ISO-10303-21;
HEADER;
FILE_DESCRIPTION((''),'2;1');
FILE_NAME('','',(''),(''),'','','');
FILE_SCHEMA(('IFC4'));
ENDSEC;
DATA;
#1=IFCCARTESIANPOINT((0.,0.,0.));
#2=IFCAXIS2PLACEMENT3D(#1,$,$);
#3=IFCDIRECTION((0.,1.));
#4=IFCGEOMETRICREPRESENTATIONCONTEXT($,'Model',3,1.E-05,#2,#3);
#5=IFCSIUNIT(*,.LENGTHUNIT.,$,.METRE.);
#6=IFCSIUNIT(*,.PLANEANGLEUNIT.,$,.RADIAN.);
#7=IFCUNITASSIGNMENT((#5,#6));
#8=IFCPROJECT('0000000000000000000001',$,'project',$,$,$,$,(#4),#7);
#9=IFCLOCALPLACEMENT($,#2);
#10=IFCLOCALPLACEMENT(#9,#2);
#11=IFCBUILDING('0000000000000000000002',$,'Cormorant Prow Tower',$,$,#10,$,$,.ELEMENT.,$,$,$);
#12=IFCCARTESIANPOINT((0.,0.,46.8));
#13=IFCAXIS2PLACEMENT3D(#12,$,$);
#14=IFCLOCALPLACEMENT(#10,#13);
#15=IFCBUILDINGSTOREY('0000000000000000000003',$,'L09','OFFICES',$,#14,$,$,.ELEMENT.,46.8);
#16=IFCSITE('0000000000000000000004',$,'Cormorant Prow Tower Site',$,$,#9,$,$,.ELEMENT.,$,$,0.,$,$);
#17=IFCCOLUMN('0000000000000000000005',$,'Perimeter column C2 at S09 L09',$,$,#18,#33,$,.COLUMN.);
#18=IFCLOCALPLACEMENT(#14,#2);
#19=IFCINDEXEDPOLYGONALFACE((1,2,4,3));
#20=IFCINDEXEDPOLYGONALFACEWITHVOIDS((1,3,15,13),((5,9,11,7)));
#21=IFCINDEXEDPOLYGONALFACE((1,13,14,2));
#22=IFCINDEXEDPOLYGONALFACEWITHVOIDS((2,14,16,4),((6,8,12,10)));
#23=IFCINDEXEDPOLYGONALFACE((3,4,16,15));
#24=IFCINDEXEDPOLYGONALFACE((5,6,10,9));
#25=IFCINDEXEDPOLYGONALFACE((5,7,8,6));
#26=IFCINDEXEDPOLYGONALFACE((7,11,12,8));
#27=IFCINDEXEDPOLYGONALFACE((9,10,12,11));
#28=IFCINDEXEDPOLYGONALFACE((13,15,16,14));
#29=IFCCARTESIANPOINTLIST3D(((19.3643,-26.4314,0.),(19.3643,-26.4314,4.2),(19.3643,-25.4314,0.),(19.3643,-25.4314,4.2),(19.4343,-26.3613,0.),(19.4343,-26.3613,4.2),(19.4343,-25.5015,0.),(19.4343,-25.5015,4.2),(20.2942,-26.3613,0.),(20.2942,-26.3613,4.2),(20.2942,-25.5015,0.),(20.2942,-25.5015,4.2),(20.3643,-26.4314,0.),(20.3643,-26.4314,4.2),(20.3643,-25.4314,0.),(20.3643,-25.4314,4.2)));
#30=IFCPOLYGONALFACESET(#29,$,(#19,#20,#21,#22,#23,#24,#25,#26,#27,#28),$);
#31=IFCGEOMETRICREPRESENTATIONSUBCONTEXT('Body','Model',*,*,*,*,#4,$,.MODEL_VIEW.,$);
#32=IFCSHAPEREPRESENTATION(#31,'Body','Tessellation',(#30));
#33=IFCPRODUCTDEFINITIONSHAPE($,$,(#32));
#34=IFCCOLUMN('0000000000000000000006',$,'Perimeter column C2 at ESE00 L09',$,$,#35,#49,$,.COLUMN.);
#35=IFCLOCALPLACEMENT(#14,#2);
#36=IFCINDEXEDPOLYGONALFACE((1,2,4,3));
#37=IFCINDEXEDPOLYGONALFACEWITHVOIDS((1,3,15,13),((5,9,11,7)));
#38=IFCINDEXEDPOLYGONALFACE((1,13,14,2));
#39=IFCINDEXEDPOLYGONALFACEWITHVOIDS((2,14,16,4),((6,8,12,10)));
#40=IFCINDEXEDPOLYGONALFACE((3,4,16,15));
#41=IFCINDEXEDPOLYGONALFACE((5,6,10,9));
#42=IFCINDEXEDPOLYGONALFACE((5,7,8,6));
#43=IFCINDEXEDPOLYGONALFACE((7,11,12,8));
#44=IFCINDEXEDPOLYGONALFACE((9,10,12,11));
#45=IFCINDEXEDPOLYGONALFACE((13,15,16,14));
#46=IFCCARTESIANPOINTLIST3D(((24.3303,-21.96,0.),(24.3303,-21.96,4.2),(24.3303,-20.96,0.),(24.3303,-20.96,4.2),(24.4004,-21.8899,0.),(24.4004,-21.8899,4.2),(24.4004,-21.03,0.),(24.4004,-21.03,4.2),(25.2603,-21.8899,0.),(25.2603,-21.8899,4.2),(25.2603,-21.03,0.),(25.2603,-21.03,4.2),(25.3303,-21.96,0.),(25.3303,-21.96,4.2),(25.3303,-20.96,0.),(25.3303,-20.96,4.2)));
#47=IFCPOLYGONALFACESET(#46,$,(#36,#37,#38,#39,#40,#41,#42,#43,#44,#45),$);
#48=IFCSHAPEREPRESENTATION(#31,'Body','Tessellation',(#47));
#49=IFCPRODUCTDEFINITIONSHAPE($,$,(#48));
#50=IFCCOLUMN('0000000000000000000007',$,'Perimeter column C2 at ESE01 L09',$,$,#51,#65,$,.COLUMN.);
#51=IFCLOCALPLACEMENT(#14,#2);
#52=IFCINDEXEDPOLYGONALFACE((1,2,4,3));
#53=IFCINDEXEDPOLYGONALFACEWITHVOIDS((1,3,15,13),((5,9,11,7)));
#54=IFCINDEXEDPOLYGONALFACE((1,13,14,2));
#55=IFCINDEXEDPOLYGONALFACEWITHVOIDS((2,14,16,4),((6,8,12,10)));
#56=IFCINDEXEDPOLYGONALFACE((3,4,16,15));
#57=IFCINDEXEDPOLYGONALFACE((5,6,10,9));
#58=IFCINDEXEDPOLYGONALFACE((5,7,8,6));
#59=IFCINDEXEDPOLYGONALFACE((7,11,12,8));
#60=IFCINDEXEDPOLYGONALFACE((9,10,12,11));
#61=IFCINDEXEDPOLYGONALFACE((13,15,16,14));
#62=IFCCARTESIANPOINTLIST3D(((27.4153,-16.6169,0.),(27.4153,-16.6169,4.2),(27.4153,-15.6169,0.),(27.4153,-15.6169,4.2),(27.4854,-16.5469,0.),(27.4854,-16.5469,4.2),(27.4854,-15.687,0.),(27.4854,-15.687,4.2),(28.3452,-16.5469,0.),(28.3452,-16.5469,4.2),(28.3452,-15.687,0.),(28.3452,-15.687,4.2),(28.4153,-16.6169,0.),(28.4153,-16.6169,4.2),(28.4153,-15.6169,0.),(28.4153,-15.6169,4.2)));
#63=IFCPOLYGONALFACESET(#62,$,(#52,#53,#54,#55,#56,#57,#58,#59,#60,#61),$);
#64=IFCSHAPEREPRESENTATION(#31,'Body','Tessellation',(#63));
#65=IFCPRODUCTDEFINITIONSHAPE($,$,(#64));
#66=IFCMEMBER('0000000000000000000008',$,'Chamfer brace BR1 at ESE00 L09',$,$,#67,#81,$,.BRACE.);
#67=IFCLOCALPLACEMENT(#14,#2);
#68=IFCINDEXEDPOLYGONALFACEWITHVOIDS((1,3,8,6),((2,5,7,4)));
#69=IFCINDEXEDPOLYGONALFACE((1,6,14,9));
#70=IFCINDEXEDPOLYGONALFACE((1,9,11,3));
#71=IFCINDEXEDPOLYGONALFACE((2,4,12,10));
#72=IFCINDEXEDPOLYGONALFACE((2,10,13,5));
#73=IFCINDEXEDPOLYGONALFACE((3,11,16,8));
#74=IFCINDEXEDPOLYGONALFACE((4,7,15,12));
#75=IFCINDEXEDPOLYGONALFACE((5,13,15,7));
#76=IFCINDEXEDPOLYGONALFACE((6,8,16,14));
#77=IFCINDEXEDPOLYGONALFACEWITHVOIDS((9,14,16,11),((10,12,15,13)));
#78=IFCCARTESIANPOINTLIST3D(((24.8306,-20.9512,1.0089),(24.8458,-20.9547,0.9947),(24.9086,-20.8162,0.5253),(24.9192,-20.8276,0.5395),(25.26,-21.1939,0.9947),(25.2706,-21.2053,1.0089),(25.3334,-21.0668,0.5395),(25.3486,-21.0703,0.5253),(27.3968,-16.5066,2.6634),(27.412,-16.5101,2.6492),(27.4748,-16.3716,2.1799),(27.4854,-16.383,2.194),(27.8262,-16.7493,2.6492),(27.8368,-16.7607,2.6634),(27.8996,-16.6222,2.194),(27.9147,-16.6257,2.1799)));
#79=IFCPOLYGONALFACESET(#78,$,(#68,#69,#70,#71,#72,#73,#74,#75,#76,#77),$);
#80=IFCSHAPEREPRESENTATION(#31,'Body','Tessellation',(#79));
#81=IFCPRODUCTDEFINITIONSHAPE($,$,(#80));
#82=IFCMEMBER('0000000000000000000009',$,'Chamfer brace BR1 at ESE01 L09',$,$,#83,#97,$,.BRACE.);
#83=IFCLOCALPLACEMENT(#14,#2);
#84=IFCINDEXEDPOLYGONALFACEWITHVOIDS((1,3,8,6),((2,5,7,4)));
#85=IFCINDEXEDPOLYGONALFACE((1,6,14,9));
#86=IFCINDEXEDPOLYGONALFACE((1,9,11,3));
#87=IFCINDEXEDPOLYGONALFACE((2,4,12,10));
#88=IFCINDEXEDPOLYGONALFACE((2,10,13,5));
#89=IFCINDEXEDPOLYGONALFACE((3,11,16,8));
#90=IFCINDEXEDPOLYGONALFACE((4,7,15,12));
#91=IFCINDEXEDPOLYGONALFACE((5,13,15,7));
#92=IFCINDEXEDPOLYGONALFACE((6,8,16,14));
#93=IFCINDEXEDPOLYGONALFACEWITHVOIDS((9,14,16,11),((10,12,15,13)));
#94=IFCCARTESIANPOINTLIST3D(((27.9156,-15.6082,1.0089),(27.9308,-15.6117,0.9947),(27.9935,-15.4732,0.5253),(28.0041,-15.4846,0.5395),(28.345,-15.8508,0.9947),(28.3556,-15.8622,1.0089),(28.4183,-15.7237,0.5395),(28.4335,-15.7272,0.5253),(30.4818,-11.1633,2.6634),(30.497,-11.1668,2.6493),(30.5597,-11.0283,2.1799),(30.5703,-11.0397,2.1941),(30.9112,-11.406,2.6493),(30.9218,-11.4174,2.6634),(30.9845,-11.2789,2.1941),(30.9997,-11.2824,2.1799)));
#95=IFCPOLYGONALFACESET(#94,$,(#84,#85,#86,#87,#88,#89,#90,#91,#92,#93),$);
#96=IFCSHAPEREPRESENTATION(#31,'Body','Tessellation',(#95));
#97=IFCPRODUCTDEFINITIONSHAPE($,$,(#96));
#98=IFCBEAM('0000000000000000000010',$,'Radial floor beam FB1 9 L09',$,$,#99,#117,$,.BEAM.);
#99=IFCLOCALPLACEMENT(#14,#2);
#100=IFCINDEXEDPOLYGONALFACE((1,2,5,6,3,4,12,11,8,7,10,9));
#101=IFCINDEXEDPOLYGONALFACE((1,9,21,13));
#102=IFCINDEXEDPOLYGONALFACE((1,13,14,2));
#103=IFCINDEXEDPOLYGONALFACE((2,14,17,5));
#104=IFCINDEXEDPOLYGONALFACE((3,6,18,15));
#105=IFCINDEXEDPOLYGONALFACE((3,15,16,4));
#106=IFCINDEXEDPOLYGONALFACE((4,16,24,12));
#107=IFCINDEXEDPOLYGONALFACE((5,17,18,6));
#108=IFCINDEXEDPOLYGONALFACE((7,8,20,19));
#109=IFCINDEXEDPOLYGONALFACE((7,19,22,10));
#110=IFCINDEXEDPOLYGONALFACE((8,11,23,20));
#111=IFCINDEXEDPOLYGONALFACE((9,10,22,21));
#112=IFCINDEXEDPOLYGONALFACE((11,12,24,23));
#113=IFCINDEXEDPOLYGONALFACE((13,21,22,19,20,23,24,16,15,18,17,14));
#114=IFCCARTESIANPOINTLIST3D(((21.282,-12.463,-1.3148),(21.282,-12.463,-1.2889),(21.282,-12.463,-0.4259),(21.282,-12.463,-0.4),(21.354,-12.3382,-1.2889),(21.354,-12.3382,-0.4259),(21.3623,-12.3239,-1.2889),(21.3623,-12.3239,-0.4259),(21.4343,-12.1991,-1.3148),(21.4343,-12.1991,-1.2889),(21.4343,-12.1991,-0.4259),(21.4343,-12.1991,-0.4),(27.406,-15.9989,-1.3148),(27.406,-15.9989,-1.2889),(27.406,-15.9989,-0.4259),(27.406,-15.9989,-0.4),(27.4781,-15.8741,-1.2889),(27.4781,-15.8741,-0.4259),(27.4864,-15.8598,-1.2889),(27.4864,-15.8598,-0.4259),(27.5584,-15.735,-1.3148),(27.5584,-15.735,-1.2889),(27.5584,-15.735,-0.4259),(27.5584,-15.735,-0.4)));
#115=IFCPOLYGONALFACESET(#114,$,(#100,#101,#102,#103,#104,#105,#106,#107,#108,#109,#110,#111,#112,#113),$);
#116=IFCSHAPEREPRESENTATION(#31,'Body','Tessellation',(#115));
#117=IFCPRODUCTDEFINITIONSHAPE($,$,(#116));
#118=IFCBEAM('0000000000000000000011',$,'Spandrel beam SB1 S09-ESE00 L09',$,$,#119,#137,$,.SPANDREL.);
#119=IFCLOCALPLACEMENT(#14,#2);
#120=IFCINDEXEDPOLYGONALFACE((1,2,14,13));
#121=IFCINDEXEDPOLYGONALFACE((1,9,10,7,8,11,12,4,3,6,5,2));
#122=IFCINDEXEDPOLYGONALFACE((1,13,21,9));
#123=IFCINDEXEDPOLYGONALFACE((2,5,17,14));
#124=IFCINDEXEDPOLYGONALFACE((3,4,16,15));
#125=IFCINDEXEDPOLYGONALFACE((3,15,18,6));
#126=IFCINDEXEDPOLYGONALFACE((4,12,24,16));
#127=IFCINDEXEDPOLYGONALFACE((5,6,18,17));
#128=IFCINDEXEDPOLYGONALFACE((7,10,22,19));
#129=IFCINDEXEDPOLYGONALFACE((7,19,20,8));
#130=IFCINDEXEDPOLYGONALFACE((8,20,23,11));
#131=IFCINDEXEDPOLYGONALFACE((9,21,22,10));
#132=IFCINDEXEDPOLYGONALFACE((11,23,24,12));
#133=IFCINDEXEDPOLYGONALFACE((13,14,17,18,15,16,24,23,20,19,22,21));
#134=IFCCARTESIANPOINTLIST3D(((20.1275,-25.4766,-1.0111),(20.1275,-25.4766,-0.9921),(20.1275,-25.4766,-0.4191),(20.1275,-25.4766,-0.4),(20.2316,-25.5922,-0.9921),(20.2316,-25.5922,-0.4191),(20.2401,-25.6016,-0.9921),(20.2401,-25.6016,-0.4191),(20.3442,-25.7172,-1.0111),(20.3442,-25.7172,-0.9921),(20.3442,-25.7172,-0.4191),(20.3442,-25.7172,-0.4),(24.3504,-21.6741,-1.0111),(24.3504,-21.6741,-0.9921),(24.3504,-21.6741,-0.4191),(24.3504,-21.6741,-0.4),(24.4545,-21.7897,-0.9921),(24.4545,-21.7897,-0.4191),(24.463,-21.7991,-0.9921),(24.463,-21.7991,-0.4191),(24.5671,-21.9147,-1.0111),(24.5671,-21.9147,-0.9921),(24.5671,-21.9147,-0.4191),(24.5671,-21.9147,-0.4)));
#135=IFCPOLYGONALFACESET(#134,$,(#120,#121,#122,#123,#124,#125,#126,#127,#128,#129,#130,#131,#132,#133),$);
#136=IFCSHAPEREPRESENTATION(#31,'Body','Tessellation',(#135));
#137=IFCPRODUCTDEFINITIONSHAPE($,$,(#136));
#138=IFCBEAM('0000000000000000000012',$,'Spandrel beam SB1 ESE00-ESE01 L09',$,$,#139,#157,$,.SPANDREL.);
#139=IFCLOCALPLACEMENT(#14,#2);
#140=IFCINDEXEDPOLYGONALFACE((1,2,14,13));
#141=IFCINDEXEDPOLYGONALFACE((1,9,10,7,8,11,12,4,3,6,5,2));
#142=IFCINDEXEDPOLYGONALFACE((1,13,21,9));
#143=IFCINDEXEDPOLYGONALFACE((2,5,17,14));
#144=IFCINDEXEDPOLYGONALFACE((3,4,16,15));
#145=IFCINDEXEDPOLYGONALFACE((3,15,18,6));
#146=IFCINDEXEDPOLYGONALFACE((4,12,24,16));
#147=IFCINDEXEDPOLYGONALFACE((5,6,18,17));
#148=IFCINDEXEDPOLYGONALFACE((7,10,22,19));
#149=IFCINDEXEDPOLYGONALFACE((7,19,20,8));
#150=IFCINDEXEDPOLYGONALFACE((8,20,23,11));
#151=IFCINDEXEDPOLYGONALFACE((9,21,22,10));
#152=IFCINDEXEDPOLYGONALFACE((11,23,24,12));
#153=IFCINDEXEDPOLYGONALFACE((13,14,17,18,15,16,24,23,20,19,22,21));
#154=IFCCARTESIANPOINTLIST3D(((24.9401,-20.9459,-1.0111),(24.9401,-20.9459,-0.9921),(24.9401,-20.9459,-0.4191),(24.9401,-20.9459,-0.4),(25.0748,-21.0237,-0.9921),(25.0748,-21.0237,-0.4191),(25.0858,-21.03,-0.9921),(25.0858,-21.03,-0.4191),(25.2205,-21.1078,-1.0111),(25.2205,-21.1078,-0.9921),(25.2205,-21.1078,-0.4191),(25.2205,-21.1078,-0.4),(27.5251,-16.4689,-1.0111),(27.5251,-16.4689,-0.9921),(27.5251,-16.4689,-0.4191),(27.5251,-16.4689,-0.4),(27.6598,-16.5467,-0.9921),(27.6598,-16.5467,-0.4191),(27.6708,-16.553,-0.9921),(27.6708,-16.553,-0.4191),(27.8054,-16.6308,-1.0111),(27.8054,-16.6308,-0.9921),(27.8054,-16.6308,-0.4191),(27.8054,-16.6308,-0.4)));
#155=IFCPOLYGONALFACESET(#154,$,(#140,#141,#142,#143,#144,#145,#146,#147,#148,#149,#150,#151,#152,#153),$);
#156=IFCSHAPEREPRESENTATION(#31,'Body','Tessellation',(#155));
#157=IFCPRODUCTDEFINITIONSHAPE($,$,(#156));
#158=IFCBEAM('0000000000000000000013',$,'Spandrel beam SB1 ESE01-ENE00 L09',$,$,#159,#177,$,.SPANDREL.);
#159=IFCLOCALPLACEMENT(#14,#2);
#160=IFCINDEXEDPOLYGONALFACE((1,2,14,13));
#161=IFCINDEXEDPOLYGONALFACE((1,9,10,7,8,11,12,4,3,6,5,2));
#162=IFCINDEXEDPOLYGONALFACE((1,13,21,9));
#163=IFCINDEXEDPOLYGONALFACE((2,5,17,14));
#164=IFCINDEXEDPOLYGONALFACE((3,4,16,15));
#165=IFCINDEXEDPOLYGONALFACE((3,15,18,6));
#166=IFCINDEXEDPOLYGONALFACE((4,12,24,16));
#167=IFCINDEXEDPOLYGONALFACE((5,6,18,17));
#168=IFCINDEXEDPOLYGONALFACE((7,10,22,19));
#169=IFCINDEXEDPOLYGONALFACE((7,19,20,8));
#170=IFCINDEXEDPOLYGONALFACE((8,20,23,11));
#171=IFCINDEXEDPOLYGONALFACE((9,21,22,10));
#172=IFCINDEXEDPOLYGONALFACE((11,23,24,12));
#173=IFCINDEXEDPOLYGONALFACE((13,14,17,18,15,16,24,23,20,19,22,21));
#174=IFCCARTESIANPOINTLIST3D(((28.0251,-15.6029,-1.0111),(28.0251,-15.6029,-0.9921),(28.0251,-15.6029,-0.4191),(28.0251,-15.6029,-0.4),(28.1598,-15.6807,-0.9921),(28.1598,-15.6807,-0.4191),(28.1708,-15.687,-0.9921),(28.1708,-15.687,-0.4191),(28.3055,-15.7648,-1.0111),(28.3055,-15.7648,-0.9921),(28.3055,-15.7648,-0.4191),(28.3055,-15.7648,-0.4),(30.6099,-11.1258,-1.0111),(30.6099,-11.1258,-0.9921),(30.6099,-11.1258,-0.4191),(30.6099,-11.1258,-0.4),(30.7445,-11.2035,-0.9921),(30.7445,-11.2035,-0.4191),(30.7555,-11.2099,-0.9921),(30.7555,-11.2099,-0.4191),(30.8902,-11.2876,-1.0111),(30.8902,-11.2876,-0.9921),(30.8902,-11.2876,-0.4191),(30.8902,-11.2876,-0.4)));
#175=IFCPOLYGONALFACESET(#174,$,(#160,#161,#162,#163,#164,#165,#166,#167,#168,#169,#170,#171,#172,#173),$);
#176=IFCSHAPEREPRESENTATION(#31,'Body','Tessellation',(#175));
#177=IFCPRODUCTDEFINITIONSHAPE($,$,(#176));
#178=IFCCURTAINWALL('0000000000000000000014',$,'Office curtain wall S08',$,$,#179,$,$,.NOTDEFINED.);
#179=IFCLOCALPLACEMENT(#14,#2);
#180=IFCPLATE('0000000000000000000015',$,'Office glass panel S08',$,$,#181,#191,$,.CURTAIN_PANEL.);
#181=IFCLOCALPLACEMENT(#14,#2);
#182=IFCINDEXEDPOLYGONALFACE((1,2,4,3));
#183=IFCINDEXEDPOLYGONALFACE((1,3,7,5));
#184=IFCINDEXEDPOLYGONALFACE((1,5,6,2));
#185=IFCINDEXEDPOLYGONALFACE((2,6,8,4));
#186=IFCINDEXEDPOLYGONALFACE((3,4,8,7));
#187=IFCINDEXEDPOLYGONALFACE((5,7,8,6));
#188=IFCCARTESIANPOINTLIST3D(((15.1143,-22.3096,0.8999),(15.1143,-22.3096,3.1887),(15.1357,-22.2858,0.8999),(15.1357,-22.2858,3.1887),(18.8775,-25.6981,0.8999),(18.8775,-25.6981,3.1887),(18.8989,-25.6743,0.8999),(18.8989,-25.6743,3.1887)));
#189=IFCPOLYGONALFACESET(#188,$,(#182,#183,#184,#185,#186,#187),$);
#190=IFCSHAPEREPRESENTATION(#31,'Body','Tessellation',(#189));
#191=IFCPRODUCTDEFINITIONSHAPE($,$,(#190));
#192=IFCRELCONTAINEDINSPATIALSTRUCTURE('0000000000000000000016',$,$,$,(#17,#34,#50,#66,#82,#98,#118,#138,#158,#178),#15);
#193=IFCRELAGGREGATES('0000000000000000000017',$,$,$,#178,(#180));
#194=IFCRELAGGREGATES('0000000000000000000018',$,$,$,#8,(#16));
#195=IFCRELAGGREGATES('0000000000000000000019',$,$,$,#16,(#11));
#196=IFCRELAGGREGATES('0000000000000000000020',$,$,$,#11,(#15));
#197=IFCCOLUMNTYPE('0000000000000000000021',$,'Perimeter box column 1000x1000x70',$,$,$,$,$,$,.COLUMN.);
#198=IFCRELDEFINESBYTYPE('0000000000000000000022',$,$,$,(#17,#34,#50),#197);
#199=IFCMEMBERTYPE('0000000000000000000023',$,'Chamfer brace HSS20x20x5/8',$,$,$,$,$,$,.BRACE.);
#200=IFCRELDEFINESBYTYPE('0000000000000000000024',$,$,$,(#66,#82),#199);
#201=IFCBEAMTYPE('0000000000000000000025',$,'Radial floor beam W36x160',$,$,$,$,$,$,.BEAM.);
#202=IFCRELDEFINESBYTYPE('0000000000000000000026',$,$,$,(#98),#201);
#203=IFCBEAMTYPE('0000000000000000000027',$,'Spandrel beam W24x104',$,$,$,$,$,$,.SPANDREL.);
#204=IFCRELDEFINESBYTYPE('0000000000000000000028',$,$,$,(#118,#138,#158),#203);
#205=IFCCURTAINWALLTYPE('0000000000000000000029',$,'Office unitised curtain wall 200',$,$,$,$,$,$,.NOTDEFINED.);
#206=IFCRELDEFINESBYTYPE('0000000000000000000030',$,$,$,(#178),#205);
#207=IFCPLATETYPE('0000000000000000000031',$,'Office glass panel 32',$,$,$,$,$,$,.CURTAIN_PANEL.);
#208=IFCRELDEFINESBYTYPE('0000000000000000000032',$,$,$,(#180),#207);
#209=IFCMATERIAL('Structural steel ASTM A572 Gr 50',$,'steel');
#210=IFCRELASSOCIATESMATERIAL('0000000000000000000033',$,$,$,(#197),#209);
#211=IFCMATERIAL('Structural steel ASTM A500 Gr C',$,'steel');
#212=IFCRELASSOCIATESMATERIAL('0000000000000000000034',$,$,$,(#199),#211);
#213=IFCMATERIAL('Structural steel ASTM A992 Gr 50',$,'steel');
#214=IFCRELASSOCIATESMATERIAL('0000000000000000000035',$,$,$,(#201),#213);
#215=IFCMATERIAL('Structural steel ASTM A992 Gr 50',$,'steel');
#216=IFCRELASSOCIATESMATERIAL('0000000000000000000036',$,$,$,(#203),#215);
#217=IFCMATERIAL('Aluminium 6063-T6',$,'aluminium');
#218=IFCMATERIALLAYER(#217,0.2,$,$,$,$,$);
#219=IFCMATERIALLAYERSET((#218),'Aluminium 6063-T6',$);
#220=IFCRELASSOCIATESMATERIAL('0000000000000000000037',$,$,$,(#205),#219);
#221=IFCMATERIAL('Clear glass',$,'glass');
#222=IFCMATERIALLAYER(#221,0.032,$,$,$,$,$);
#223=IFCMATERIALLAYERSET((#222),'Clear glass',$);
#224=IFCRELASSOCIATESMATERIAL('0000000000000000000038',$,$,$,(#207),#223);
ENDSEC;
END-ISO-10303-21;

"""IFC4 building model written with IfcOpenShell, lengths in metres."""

from ifc_helpers import new_model, si_unit, direction, frame, origin, origin_2d, place, context, subcontext, project, spatial, rectangle, hollow_rectangle, i_section, extrude, material, layer, layer_set, material_profile, profile_set, type_object, element, aggregate, save


model = new_model("IFC4")

# Units and contexts
model_context = context("Model", 3, precision=1e-05, world=origin(), true_north=direction((0.0, 1.0)))
body_context = subcontext(model_context, "Body", "Model", "MODEL_VIEW")
ifc_project = project(units=[si_unit("LENGTHUNIT", "METRE"), si_unit("PLANEANGLEUNIT", "RADIAN")], contexts=[model_context])

# Site, building, storey
site_placement = place(None, origin())
site = spatial("IfcSite", under=ifc_project, at=site_placement, Name="Cormorant Prow Tower Site", CompositionType="ELEMENT", RefElevation=0.0)
building_placement = place(site_placement, origin())
building = spatial("IfcBuilding", under=site, at=building_placement, Name="Cormorant Prow Tower", CompositionType="ELEMENT")
storey_placement = place(building_placement, frame((0.0, 0.0, 46.8)))
storey = spatial("IfcBuildingStorey", under=building, at=storey_placement, Name="L09", Description="OFFICES", CompositionType="ELEMENT", Elevation=46.8)

# Columns
ifc_material_1 = material(Name="Structural steel ASTM A572 Gr 50", Category="steel")
ifc_material_profile_1 = material_profile(ifc_material_1, hollow_rectangle(XDim=1.0, YDim=1.0, WallThickness=0.0701, at=origin_2d()), Name="Box 1000x1000x70")
ifc_profile_set_1 = profile_set([ifc_material_profile_1], Name="Structural steel ASTM A572 Gr 50")
column_type = type_object("IfcColumnType", Name="Perimeter box column 1000x1000x70", PredefinedType="COLUMN", material=ifc_profile_set_1)
for number, where, z_axis, x_axis, name in (
    (1, (19.8643, -25.9314, 0.0), (0.0, 0.0, 1.0), (1.0, 0.0, 0.0), "Perimeter column C2 at S09 L09"),
    (2, (24.8303, -21.46, 0.0), (0.0, 0.0, 1.0), (1.0, 0.0, 0.0), "Perimeter column C2 at ESE00 L09"),
    (3, (27.9153, -16.1169, 0.0), (0.0, 0.0, 1.0), (1.0, 0.0, 0.0), "Perimeter column C2 at ESE01 L09"),
):
    element("IfcColumn", number, at=place(storey_placement, frame(where, z_axis=z_axis, x_axis=x_axis)), inside=storey, type_object=column_type, Name=name, PredefinedType="COLUMN", context=body_context, shape_type="SweptSolid", body=[
        extrude(hollow_rectangle(XDim=1.0, YDim=1.0, WallThickness=0.0701, at=origin_2d()), origin(), (0.0, 0.0, 1.0), 4.2),
    ])

# Members
ifc_material_2 = material(Name="Structural steel ASTM A500 Gr C", Category="steel")
ifc_material_profile_2 = material_profile(ifc_material_2, hollow_rectangle(XDim=0.5081, YDim=0.5081, WallThickness=0.0149, at=origin_2d()), Name="HSS20x20x5/8")
ifc_profile_set_2 = profile_set([ifc_material_profile_2], Name="Structural steel ASTM A500 Gr C")
member_type = type_object("IfcMemberType", Name="Chamfer brace HSS20x20x5/8", PredefinedType="BRACE", material=ifc_profile_set_2)
member_1_placement = place(storey_placement, frame((25.0896, -21.0107, 0.7671), z_axis=(0.475893, 0.824244, 0.306834), x_axis=(-0.866018, 0.500012, 0.0)))
element("IfcMember", 4, at=member_1_placement, inside=storey, type_object=member_type, Name="Chamfer brace BR1 at ESE00 L09", PredefinedType="BRACE", context=body_context, shape_type="SweptSolid", body=[
    extrude(hollow_rectangle(XDim=0.5081, YDim=0.5081, WallThickness=0.0149, at=origin_2d()), origin(), (0.0, 0.0, 1.0), 5.3923),
])
member_2_placement = place(storey_placement, frame((28.1746, -15.6677, 0.7671), z_axis=(0.475875, 0.824259, 0.306822), x_axis=(-0.86603, 0.499991, 0.0)))
element("IfcMember", 5, at=member_2_placement, inside=storey, type_object=member_type, Name="Chamfer brace BR1 at ESE01 L09", PredefinedType="BRACE", context=body_context, shape_type="SweptSolid", body=[
    extrude(hollow_rectangle(XDim=0.5081, YDim=0.5081, WallThickness=0.0149, at=origin_2d()), origin(), (0.0, 0.0, 1.0), 5.3926),
])

# Beams
ifc_material_3 = material(Name="Structural steel ASTM A992 Gr 50", Category="steel")
ifc_material_profile_3 = material_profile(ifc_material_3, i_section(OverallWidth=0.3047, OverallDepth=0.9148, WebThickness=0.0166, FlangeThickness=0.0259, at=origin_2d()), Name="W36x160")
ifc_profile_set_3 = profile_set([ifc_material_profile_3], Name="Structural steel ASTM A992 Gr 50")
beam_type_1 = type_object("IfcBeamType", Name="Radial floor beam W36x160", PredefinedType="BEAM", material=ifc_profile_set_3)
beam_1_placement = place(storey_placement, frame((21.3582, -12.3311, -0.8574), z_axis=(0.866014, -0.500019, 0.0), x_axis=(0.500019, 0.866014, 0.0)))
element("IfcBeam", 6, at=beam_1_placement, inside=storey, type_object=beam_type_1, Name="Radial floor beam FB1 9 L09", PredefinedType="BEAM", context=body_context, shape_type="SweptSolid", body=[
    extrude(i_section(OverallWidth=0.3047, OverallDepth=0.9148, WebThickness=0.0166, FlangeThickness=0.0259, at=origin_2d()), origin(), (0.0, 0.0, 1.0), 7.0715),
])
ifc_material_4 = material(Name="Structural steel ASTM A992 Gr 50", Category="steel")
ifc_material_profile_4 = material_profile(ifc_material_4, i_section(OverallWidth=0.3237, OverallDepth=0.6111, WebThickness=0.0127, FlangeThickness=0.019, at=origin_2d()), Name="W24x104")
ifc_profile_set_4 = profile_set([ifc_material_profile_4], Name="Structural steel ASTM A992 Gr 50")
beam_type_2 = type_object("IfcBeamType", Name="Spandrel beam W24x104", PredefinedType="SPANDREL", material=ifc_profile_set_4)
beam_2_placement = place(storey_placement, frame((20.2358, -25.5969, -0.7056), z_axis=(0.74313, 0.669147, 0.0), x_axis=(-0.669147, 0.74313, 0.0)))
element("IfcBeam", 7, at=beam_2_placement, inside=storey, type_object=beam_type_2, Name="Spandrel beam SB1 S09-ESE00 L09", PredefinedType="SPANDREL", context=body_context, shape_type="SweptSolid", body=[
    extrude(i_section(OverallWidth=0.3237, OverallDepth=0.6111, WebThickness=0.0127, FlangeThickness=0.019, at=origin_2d()), origin(), (0.0, 0.0, 1.0), 5.6826),
])
for number, where, z_axis, x_axis, name in (
    (8, (25.0803, -21.0269, -0.7056), (0.50002, 0.866014, 0.0), (-0.866014, 0.50002, 0.0), "Spandrel beam SB1 ESE00-ESE01 L09"),
    (9, (28.1653, -15.6838, -0.7056), (0.499984, 0.866035, 0.0), (-0.866035, 0.499984, 0.0), "Spandrel beam SB1 ESE01-ENE00 L09"),
):
    element("IfcBeam", number, at=place(storey_placement, frame(where, z_axis=z_axis, x_axis=x_axis)), inside=storey, type_object=beam_type_2, Name=name, PredefinedType="SPANDREL", context=body_context, shape_type="SweptSolid", body=[
        extrude(i_section(OverallWidth=0.3237, OverallDepth=0.6111, WebThickness=0.0127, FlangeThickness=0.019, at=origin_2d()), origin(), (0.0, 0.0, 1.0), 5.1697),
    ])

# Curtain wall, plate
ifc_material_5 = material(Name="Aluminium 6063-T6", Category="aluminium")
ifc_layer_1 = layer(ifc_material_5, 0.2)
ifc_layer_set_1 = layer_set([ifc_layer_1], Name="Aluminium 6063-T6")
curtain_wall_type = type_object("IfcCurtainWallType", Name="Office unitised curtain wall 200", PredefinedType="NOTDEFINED", material=ifc_layer_set_1)
curtain_wall_placement = place(storey_placement, origin())
curtain_wall = element("IfcCurtainWall", 10, at=curtain_wall_placement, inside=storey, type_object=curtain_wall_type, Name="Office curtain wall S08", PredefinedType="NOTDEFINED")
ifc_material_6 = material(Name="Clear glass", Category="glass")
ifc_layer_2 = layer(ifc_material_6, 0.032)
ifc_layer_set_2 = layer_set([ifc_layer_2], Name="Clear glass")
plate_type = type_object("IfcPlateType", Name="Office glass panel 32", PredefinedType="CURTAIN_PANEL", material=ifc_layer_set_2)
plate_placement = place(storey_placement, frame((17.0066, -23.9919, 0.8999), z_axis=(0.0, 0.0, 1.0), x_axis=(0.743145, -0.669131, 0.0)))
plate = element("IfcPlate", 11, at=plate_placement, type_object=plate_type, Name="Office glass panel S08", PredefinedType="CURTAIN_PANEL", context=body_context, shape_type="SweptSolid", body=[
    extrude(rectangle(XDim=5.064, YDim=0.032, at=origin_2d()), origin(), (0.0, 0.0, 1.0), 2.2888),
])
aggregate(curtain_wall, [plate])

save(model, "model.ifc")
